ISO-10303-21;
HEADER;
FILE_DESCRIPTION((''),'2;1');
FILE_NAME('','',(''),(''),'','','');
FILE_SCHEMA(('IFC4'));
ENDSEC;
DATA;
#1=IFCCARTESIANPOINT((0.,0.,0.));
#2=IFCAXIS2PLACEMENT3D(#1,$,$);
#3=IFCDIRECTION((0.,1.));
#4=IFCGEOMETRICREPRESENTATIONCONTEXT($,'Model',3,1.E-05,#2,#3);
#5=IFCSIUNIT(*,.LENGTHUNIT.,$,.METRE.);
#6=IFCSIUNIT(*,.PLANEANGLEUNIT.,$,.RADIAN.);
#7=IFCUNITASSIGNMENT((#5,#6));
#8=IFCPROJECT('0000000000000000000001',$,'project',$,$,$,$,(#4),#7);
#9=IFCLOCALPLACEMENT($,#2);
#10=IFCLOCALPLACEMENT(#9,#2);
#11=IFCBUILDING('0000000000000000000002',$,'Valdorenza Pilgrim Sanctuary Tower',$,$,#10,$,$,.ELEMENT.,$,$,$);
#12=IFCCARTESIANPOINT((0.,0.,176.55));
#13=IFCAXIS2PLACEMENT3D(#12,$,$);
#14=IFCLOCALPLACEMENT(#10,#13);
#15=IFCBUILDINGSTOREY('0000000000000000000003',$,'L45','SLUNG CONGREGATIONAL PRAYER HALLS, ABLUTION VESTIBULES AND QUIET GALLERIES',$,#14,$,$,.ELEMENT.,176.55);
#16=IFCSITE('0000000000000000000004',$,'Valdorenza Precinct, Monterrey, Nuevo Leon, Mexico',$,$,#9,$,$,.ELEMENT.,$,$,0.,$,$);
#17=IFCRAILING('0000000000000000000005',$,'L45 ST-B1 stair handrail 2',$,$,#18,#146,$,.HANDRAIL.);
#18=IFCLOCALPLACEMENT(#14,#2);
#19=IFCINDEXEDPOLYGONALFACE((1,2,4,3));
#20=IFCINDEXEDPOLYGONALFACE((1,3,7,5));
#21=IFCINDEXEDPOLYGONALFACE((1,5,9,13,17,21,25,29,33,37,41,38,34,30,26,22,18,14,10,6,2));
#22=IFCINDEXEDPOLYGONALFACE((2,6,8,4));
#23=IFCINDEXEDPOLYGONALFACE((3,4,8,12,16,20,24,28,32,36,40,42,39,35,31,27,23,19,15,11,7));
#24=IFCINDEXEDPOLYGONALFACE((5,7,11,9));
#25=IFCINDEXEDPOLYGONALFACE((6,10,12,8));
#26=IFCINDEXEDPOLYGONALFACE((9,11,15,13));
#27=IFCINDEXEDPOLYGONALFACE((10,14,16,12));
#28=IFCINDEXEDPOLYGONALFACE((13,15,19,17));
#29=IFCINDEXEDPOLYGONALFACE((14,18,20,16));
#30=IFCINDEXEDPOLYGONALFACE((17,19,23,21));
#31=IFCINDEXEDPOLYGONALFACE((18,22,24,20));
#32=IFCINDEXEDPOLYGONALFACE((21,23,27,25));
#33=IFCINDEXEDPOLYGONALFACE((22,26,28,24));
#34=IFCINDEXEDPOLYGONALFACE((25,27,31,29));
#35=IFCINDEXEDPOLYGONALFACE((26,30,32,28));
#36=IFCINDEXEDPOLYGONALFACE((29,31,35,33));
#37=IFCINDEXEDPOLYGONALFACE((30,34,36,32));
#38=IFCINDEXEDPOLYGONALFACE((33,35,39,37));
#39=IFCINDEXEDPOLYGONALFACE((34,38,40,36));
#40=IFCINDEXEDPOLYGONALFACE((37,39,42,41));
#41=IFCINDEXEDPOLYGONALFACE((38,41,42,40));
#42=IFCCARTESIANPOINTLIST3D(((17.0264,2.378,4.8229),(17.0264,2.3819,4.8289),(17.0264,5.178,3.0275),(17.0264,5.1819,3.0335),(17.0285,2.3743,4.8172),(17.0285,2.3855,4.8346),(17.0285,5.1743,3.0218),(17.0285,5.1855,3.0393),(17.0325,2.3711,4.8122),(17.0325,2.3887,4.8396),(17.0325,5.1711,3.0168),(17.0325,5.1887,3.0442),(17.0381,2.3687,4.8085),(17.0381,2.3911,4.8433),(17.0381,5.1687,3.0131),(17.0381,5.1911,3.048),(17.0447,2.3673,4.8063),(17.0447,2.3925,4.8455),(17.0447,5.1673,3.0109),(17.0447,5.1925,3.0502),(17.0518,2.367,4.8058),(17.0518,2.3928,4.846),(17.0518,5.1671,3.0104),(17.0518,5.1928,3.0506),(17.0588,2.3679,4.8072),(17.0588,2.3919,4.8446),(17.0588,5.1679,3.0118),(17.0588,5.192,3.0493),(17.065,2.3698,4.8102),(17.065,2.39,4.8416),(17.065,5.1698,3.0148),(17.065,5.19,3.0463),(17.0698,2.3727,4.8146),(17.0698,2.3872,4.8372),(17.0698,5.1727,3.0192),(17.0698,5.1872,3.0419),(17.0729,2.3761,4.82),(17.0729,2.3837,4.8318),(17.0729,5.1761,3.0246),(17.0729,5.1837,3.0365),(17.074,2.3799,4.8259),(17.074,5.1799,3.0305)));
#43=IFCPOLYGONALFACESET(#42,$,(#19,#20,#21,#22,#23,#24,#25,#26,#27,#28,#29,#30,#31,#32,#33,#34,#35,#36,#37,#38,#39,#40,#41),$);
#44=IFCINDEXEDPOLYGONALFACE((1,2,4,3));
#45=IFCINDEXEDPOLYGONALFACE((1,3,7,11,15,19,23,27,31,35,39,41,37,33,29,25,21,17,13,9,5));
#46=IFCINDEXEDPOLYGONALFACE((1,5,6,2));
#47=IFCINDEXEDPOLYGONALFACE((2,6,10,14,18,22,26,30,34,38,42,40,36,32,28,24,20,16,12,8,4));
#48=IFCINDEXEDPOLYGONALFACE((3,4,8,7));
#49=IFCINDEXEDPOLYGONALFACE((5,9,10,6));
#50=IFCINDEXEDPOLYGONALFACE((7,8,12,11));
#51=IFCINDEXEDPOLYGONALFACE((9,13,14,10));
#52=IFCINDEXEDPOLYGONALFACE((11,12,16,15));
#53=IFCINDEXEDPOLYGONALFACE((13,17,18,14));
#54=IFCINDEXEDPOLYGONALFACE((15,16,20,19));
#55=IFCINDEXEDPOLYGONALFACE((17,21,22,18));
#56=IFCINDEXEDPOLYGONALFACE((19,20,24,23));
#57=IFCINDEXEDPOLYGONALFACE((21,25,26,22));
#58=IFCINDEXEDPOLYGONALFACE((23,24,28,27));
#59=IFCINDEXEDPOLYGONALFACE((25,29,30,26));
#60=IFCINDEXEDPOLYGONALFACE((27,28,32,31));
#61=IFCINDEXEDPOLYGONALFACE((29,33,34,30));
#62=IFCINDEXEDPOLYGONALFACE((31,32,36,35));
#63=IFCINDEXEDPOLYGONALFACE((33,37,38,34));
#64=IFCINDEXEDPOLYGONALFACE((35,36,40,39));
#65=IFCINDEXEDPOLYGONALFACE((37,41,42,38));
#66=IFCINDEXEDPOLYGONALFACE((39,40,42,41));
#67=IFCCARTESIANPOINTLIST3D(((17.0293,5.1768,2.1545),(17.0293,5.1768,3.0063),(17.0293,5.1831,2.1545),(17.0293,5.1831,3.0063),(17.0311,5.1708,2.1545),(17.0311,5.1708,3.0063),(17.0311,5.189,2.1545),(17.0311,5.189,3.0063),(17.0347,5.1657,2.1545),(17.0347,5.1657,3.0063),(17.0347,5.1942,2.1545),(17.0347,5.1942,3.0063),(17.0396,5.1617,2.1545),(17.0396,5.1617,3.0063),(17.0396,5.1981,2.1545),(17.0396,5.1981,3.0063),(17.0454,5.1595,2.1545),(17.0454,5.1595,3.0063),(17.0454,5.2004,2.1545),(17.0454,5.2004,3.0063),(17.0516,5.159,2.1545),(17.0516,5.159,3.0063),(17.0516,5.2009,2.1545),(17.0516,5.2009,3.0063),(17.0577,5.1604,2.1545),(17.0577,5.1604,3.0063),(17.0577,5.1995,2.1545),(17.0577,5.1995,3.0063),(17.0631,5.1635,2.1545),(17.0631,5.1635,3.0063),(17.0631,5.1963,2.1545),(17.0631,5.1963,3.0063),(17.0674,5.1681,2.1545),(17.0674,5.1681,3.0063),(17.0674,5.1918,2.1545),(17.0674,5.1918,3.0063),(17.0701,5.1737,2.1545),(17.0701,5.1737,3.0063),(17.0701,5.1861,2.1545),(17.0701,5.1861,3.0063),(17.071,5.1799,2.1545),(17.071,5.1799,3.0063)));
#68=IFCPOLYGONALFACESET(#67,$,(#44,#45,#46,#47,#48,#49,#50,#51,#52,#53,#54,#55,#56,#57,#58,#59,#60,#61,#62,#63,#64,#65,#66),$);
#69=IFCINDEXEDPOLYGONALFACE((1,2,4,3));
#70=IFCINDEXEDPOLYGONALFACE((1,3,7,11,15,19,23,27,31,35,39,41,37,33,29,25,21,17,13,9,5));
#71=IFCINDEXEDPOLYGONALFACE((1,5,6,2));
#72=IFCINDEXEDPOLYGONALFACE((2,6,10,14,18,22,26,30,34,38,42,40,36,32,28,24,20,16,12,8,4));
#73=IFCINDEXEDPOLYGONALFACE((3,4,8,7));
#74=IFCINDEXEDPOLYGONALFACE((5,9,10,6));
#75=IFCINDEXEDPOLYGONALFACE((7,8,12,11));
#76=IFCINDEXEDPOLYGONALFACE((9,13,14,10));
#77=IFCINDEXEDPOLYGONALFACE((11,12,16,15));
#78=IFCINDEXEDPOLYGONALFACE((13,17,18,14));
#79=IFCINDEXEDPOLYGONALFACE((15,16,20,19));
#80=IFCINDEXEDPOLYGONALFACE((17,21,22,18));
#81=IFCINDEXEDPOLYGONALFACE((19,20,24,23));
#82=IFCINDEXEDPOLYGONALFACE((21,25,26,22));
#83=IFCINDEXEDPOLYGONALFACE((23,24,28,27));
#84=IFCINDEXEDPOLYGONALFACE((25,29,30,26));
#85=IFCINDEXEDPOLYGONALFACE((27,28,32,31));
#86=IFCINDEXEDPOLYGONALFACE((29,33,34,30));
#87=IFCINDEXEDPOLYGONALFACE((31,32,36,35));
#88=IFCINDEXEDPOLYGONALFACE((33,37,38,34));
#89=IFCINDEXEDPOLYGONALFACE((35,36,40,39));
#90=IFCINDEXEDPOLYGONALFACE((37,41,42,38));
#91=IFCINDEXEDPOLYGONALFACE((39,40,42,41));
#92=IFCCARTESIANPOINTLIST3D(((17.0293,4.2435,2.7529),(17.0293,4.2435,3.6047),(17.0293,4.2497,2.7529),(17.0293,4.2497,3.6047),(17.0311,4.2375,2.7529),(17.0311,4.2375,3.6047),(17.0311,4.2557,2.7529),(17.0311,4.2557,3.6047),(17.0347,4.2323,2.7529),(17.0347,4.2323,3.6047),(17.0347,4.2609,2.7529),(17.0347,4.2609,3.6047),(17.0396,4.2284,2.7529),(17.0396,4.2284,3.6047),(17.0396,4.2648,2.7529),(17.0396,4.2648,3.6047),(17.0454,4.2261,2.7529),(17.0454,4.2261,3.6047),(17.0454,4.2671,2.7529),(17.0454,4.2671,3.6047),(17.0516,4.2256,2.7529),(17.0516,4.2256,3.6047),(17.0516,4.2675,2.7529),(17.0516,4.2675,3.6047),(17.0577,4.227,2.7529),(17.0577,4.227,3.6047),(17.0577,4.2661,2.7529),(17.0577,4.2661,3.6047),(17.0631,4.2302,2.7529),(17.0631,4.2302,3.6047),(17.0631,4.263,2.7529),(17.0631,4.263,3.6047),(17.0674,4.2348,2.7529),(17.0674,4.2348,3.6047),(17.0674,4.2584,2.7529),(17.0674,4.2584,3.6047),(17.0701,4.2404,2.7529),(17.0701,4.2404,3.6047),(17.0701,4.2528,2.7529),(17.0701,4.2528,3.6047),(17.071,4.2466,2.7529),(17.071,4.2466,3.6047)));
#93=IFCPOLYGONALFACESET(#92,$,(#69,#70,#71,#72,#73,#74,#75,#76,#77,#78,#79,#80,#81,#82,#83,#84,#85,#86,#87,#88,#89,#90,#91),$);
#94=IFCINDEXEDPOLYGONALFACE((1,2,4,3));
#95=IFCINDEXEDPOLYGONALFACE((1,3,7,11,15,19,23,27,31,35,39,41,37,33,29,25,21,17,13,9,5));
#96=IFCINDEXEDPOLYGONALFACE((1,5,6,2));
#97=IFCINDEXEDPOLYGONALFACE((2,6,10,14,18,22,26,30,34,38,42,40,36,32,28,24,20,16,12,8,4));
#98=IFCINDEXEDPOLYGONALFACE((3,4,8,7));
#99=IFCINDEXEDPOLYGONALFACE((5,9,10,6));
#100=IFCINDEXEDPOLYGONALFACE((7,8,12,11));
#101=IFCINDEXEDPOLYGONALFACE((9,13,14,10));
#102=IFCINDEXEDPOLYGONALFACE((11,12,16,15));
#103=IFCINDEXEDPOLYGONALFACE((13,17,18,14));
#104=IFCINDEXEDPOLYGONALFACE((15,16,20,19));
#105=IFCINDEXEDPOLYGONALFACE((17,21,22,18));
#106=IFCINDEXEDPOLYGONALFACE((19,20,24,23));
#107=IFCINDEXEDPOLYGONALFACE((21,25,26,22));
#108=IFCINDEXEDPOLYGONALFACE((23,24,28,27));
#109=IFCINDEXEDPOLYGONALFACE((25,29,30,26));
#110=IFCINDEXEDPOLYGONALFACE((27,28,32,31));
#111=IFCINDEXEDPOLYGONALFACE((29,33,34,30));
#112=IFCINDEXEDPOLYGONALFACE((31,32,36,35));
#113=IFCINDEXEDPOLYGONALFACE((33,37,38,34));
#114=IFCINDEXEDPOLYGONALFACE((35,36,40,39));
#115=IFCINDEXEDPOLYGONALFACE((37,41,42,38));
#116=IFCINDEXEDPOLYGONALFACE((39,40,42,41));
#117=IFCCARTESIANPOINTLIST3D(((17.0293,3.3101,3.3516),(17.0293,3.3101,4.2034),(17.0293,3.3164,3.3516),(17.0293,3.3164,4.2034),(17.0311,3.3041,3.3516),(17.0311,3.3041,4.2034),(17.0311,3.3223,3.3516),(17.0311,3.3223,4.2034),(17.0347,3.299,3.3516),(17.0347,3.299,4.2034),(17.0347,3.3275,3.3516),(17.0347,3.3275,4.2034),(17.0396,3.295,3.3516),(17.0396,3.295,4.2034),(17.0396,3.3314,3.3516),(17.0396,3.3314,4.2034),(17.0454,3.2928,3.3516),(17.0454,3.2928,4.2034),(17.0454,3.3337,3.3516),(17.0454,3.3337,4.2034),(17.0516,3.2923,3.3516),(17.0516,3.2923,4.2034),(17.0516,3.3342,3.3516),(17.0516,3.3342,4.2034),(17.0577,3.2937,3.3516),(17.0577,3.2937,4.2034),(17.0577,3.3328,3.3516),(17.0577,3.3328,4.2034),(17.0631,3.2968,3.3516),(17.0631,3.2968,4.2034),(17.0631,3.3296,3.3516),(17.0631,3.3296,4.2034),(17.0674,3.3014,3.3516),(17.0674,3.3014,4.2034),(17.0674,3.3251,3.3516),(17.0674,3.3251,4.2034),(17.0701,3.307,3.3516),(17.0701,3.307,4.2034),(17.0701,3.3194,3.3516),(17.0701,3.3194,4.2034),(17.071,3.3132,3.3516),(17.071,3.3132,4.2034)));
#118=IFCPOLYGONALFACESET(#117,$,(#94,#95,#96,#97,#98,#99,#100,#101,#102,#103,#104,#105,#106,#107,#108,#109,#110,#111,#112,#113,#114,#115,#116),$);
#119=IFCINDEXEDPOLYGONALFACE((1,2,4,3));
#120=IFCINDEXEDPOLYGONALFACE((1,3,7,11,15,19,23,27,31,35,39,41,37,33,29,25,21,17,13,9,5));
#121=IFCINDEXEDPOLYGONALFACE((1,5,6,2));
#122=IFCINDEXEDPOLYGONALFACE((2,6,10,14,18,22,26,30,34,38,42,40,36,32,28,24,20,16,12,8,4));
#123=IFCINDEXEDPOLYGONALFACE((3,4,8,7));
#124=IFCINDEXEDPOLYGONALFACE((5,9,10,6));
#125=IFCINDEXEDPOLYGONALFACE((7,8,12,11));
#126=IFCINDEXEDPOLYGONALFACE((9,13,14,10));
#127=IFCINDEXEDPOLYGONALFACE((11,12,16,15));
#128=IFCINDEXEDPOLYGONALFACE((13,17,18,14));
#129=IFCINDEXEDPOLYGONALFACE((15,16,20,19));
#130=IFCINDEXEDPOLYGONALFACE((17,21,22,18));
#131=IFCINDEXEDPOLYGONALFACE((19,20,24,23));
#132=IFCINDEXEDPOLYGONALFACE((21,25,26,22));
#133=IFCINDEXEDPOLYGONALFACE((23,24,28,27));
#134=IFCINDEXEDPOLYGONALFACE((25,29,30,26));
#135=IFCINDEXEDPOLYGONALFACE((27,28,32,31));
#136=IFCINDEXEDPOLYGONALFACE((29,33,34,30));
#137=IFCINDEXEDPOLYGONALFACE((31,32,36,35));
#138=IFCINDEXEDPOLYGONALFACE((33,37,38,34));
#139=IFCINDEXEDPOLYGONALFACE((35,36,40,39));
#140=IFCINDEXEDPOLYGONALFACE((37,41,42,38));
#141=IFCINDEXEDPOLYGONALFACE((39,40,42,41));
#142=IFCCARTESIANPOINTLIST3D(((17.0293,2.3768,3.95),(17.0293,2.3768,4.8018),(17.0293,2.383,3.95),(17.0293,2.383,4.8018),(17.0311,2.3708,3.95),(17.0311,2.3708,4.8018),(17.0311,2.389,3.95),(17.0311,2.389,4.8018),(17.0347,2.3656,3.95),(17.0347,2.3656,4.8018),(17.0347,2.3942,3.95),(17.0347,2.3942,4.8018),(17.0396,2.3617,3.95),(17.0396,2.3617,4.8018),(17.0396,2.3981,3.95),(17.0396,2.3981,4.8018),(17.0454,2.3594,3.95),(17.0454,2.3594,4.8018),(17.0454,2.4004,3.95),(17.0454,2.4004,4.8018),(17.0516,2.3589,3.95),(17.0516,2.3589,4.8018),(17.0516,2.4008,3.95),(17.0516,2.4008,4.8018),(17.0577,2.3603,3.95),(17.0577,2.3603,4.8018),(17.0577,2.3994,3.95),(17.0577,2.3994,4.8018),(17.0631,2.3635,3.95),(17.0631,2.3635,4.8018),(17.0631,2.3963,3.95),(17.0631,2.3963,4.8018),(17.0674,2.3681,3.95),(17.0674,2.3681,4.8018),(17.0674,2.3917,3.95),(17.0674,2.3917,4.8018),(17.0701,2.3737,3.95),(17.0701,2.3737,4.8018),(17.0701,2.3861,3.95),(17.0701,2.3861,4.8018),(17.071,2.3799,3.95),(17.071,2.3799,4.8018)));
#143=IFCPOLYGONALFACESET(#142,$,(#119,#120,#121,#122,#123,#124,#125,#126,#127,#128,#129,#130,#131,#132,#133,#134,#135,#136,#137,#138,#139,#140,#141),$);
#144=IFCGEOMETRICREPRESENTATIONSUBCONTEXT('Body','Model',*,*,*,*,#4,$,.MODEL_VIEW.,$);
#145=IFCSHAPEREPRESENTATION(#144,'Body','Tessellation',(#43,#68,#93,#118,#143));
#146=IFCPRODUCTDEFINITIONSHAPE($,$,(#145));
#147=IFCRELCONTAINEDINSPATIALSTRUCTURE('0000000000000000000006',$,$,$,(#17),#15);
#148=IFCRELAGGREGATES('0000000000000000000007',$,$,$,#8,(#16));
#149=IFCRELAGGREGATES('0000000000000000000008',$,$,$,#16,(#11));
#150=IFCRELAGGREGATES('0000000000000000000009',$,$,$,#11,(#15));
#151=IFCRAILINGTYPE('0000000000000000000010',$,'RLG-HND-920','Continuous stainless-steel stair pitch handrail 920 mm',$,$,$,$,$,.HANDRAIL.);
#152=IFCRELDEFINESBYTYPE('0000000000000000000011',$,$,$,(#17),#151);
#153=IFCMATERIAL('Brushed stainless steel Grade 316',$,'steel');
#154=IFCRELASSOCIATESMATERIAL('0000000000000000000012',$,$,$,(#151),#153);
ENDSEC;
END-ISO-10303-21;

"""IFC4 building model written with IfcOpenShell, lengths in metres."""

from ifc_helpers import new_model, si_unit, direction, frame, origin, origin_2d, place, context, subcontext, project, spatial, circle, extrude, material, type_object, element, save


model = new_model("IFC4")

# Units and contexts
model_context = context("Model", 3, precision=1e-05, world=origin(), true_north=direction((0.0, 1.0)))
body_context = subcontext(model_context, "Body", "Model", "MODEL_VIEW")
ifc_project = project(units=[si_unit("LENGTHUNIT", "METRE"), si_unit("PLANEANGLEUNIT", "RADIAN")], contexts=[model_context])

# Site, building, storey
site_placement = place(None, origin())
site = spatial("IfcSite", under=ifc_project, at=site_placement, Name="Valdorenza Precinct, Monterrey, Nuevo Leon, Mexico", CompositionType="ELEMENT", RefElevation=0.0)
building_placement = place(site_placement, origin())
building = spatial("IfcBuilding", under=site, at=building_placement, Name="Valdorenza Pilgrim Sanctuary Tower", CompositionType="ELEMENT")
storey_placement = place(building_placement, frame((0.0, 0.0, 176.55)))
storey = spatial("IfcBuildingStorey", under=building, at=storey_placement, Name="L45", Description="SLUNG CONGREGATIONAL PRAYER HALLS, ABLUTION VESTIBULES AND QUIET GALLERIES", CompositionType="ELEMENT", Elevation=176.55)

# Shared definitions
ifc_material_1 = material(Name="Brushed stainless steel Grade 316", Category="steel")

# Railing
railing_type_1 = type_object("IfcRailingType", Name="RLG-HND-920", Description="Continuous stainless-steel stair pitch handrail 920 mm", PredefinedType="HANDRAIL", material=ifc_material_1)
railing_1_placement = place(storey_placement, frame((17.05, 5.1799, 2.1545)))
element("IfcRailing", 1, at=railing_1_placement, inside=storey, type_object=railing_type_1, Name="L45 ST-B1 stair handrail 2", PredefinedType="HANDRAIL", context=body_context, shape_type="SweptSolid", body=[
    extrude(circle(Radius=0.0239, at=origin_2d()), frame((0.0, 0.0, 0.876), z_axis=(0.0, -0.84181, 0.539774), x_axis=(1.0, 0.0, 0.0)), (0.0, 0.0, 1.0), 3.3262),
    extrude(circle(Radius=0.021, at=origin_2d()), origin(), (0.0, 0.0, 1.0), 0.8518),
    extrude(circle(Radius=0.021, at=origin_2d()), frame((0.0, -0.9333, 0.5984)), (0.0, 0.0, 1.0), 0.8518),
    extrude(circle(Radius=0.021, at=origin_2d()), frame((0.0, -1.8667, 1.197)), (0.0, 0.0, 1.0), 0.8518),
    extrude(circle(Radius=0.021, at=origin_2d()), frame((0.0, -2.8, 1.7954)), (0.0, 0.0, 1.0), 0.8518),
])

save(model, "model.ifc")
